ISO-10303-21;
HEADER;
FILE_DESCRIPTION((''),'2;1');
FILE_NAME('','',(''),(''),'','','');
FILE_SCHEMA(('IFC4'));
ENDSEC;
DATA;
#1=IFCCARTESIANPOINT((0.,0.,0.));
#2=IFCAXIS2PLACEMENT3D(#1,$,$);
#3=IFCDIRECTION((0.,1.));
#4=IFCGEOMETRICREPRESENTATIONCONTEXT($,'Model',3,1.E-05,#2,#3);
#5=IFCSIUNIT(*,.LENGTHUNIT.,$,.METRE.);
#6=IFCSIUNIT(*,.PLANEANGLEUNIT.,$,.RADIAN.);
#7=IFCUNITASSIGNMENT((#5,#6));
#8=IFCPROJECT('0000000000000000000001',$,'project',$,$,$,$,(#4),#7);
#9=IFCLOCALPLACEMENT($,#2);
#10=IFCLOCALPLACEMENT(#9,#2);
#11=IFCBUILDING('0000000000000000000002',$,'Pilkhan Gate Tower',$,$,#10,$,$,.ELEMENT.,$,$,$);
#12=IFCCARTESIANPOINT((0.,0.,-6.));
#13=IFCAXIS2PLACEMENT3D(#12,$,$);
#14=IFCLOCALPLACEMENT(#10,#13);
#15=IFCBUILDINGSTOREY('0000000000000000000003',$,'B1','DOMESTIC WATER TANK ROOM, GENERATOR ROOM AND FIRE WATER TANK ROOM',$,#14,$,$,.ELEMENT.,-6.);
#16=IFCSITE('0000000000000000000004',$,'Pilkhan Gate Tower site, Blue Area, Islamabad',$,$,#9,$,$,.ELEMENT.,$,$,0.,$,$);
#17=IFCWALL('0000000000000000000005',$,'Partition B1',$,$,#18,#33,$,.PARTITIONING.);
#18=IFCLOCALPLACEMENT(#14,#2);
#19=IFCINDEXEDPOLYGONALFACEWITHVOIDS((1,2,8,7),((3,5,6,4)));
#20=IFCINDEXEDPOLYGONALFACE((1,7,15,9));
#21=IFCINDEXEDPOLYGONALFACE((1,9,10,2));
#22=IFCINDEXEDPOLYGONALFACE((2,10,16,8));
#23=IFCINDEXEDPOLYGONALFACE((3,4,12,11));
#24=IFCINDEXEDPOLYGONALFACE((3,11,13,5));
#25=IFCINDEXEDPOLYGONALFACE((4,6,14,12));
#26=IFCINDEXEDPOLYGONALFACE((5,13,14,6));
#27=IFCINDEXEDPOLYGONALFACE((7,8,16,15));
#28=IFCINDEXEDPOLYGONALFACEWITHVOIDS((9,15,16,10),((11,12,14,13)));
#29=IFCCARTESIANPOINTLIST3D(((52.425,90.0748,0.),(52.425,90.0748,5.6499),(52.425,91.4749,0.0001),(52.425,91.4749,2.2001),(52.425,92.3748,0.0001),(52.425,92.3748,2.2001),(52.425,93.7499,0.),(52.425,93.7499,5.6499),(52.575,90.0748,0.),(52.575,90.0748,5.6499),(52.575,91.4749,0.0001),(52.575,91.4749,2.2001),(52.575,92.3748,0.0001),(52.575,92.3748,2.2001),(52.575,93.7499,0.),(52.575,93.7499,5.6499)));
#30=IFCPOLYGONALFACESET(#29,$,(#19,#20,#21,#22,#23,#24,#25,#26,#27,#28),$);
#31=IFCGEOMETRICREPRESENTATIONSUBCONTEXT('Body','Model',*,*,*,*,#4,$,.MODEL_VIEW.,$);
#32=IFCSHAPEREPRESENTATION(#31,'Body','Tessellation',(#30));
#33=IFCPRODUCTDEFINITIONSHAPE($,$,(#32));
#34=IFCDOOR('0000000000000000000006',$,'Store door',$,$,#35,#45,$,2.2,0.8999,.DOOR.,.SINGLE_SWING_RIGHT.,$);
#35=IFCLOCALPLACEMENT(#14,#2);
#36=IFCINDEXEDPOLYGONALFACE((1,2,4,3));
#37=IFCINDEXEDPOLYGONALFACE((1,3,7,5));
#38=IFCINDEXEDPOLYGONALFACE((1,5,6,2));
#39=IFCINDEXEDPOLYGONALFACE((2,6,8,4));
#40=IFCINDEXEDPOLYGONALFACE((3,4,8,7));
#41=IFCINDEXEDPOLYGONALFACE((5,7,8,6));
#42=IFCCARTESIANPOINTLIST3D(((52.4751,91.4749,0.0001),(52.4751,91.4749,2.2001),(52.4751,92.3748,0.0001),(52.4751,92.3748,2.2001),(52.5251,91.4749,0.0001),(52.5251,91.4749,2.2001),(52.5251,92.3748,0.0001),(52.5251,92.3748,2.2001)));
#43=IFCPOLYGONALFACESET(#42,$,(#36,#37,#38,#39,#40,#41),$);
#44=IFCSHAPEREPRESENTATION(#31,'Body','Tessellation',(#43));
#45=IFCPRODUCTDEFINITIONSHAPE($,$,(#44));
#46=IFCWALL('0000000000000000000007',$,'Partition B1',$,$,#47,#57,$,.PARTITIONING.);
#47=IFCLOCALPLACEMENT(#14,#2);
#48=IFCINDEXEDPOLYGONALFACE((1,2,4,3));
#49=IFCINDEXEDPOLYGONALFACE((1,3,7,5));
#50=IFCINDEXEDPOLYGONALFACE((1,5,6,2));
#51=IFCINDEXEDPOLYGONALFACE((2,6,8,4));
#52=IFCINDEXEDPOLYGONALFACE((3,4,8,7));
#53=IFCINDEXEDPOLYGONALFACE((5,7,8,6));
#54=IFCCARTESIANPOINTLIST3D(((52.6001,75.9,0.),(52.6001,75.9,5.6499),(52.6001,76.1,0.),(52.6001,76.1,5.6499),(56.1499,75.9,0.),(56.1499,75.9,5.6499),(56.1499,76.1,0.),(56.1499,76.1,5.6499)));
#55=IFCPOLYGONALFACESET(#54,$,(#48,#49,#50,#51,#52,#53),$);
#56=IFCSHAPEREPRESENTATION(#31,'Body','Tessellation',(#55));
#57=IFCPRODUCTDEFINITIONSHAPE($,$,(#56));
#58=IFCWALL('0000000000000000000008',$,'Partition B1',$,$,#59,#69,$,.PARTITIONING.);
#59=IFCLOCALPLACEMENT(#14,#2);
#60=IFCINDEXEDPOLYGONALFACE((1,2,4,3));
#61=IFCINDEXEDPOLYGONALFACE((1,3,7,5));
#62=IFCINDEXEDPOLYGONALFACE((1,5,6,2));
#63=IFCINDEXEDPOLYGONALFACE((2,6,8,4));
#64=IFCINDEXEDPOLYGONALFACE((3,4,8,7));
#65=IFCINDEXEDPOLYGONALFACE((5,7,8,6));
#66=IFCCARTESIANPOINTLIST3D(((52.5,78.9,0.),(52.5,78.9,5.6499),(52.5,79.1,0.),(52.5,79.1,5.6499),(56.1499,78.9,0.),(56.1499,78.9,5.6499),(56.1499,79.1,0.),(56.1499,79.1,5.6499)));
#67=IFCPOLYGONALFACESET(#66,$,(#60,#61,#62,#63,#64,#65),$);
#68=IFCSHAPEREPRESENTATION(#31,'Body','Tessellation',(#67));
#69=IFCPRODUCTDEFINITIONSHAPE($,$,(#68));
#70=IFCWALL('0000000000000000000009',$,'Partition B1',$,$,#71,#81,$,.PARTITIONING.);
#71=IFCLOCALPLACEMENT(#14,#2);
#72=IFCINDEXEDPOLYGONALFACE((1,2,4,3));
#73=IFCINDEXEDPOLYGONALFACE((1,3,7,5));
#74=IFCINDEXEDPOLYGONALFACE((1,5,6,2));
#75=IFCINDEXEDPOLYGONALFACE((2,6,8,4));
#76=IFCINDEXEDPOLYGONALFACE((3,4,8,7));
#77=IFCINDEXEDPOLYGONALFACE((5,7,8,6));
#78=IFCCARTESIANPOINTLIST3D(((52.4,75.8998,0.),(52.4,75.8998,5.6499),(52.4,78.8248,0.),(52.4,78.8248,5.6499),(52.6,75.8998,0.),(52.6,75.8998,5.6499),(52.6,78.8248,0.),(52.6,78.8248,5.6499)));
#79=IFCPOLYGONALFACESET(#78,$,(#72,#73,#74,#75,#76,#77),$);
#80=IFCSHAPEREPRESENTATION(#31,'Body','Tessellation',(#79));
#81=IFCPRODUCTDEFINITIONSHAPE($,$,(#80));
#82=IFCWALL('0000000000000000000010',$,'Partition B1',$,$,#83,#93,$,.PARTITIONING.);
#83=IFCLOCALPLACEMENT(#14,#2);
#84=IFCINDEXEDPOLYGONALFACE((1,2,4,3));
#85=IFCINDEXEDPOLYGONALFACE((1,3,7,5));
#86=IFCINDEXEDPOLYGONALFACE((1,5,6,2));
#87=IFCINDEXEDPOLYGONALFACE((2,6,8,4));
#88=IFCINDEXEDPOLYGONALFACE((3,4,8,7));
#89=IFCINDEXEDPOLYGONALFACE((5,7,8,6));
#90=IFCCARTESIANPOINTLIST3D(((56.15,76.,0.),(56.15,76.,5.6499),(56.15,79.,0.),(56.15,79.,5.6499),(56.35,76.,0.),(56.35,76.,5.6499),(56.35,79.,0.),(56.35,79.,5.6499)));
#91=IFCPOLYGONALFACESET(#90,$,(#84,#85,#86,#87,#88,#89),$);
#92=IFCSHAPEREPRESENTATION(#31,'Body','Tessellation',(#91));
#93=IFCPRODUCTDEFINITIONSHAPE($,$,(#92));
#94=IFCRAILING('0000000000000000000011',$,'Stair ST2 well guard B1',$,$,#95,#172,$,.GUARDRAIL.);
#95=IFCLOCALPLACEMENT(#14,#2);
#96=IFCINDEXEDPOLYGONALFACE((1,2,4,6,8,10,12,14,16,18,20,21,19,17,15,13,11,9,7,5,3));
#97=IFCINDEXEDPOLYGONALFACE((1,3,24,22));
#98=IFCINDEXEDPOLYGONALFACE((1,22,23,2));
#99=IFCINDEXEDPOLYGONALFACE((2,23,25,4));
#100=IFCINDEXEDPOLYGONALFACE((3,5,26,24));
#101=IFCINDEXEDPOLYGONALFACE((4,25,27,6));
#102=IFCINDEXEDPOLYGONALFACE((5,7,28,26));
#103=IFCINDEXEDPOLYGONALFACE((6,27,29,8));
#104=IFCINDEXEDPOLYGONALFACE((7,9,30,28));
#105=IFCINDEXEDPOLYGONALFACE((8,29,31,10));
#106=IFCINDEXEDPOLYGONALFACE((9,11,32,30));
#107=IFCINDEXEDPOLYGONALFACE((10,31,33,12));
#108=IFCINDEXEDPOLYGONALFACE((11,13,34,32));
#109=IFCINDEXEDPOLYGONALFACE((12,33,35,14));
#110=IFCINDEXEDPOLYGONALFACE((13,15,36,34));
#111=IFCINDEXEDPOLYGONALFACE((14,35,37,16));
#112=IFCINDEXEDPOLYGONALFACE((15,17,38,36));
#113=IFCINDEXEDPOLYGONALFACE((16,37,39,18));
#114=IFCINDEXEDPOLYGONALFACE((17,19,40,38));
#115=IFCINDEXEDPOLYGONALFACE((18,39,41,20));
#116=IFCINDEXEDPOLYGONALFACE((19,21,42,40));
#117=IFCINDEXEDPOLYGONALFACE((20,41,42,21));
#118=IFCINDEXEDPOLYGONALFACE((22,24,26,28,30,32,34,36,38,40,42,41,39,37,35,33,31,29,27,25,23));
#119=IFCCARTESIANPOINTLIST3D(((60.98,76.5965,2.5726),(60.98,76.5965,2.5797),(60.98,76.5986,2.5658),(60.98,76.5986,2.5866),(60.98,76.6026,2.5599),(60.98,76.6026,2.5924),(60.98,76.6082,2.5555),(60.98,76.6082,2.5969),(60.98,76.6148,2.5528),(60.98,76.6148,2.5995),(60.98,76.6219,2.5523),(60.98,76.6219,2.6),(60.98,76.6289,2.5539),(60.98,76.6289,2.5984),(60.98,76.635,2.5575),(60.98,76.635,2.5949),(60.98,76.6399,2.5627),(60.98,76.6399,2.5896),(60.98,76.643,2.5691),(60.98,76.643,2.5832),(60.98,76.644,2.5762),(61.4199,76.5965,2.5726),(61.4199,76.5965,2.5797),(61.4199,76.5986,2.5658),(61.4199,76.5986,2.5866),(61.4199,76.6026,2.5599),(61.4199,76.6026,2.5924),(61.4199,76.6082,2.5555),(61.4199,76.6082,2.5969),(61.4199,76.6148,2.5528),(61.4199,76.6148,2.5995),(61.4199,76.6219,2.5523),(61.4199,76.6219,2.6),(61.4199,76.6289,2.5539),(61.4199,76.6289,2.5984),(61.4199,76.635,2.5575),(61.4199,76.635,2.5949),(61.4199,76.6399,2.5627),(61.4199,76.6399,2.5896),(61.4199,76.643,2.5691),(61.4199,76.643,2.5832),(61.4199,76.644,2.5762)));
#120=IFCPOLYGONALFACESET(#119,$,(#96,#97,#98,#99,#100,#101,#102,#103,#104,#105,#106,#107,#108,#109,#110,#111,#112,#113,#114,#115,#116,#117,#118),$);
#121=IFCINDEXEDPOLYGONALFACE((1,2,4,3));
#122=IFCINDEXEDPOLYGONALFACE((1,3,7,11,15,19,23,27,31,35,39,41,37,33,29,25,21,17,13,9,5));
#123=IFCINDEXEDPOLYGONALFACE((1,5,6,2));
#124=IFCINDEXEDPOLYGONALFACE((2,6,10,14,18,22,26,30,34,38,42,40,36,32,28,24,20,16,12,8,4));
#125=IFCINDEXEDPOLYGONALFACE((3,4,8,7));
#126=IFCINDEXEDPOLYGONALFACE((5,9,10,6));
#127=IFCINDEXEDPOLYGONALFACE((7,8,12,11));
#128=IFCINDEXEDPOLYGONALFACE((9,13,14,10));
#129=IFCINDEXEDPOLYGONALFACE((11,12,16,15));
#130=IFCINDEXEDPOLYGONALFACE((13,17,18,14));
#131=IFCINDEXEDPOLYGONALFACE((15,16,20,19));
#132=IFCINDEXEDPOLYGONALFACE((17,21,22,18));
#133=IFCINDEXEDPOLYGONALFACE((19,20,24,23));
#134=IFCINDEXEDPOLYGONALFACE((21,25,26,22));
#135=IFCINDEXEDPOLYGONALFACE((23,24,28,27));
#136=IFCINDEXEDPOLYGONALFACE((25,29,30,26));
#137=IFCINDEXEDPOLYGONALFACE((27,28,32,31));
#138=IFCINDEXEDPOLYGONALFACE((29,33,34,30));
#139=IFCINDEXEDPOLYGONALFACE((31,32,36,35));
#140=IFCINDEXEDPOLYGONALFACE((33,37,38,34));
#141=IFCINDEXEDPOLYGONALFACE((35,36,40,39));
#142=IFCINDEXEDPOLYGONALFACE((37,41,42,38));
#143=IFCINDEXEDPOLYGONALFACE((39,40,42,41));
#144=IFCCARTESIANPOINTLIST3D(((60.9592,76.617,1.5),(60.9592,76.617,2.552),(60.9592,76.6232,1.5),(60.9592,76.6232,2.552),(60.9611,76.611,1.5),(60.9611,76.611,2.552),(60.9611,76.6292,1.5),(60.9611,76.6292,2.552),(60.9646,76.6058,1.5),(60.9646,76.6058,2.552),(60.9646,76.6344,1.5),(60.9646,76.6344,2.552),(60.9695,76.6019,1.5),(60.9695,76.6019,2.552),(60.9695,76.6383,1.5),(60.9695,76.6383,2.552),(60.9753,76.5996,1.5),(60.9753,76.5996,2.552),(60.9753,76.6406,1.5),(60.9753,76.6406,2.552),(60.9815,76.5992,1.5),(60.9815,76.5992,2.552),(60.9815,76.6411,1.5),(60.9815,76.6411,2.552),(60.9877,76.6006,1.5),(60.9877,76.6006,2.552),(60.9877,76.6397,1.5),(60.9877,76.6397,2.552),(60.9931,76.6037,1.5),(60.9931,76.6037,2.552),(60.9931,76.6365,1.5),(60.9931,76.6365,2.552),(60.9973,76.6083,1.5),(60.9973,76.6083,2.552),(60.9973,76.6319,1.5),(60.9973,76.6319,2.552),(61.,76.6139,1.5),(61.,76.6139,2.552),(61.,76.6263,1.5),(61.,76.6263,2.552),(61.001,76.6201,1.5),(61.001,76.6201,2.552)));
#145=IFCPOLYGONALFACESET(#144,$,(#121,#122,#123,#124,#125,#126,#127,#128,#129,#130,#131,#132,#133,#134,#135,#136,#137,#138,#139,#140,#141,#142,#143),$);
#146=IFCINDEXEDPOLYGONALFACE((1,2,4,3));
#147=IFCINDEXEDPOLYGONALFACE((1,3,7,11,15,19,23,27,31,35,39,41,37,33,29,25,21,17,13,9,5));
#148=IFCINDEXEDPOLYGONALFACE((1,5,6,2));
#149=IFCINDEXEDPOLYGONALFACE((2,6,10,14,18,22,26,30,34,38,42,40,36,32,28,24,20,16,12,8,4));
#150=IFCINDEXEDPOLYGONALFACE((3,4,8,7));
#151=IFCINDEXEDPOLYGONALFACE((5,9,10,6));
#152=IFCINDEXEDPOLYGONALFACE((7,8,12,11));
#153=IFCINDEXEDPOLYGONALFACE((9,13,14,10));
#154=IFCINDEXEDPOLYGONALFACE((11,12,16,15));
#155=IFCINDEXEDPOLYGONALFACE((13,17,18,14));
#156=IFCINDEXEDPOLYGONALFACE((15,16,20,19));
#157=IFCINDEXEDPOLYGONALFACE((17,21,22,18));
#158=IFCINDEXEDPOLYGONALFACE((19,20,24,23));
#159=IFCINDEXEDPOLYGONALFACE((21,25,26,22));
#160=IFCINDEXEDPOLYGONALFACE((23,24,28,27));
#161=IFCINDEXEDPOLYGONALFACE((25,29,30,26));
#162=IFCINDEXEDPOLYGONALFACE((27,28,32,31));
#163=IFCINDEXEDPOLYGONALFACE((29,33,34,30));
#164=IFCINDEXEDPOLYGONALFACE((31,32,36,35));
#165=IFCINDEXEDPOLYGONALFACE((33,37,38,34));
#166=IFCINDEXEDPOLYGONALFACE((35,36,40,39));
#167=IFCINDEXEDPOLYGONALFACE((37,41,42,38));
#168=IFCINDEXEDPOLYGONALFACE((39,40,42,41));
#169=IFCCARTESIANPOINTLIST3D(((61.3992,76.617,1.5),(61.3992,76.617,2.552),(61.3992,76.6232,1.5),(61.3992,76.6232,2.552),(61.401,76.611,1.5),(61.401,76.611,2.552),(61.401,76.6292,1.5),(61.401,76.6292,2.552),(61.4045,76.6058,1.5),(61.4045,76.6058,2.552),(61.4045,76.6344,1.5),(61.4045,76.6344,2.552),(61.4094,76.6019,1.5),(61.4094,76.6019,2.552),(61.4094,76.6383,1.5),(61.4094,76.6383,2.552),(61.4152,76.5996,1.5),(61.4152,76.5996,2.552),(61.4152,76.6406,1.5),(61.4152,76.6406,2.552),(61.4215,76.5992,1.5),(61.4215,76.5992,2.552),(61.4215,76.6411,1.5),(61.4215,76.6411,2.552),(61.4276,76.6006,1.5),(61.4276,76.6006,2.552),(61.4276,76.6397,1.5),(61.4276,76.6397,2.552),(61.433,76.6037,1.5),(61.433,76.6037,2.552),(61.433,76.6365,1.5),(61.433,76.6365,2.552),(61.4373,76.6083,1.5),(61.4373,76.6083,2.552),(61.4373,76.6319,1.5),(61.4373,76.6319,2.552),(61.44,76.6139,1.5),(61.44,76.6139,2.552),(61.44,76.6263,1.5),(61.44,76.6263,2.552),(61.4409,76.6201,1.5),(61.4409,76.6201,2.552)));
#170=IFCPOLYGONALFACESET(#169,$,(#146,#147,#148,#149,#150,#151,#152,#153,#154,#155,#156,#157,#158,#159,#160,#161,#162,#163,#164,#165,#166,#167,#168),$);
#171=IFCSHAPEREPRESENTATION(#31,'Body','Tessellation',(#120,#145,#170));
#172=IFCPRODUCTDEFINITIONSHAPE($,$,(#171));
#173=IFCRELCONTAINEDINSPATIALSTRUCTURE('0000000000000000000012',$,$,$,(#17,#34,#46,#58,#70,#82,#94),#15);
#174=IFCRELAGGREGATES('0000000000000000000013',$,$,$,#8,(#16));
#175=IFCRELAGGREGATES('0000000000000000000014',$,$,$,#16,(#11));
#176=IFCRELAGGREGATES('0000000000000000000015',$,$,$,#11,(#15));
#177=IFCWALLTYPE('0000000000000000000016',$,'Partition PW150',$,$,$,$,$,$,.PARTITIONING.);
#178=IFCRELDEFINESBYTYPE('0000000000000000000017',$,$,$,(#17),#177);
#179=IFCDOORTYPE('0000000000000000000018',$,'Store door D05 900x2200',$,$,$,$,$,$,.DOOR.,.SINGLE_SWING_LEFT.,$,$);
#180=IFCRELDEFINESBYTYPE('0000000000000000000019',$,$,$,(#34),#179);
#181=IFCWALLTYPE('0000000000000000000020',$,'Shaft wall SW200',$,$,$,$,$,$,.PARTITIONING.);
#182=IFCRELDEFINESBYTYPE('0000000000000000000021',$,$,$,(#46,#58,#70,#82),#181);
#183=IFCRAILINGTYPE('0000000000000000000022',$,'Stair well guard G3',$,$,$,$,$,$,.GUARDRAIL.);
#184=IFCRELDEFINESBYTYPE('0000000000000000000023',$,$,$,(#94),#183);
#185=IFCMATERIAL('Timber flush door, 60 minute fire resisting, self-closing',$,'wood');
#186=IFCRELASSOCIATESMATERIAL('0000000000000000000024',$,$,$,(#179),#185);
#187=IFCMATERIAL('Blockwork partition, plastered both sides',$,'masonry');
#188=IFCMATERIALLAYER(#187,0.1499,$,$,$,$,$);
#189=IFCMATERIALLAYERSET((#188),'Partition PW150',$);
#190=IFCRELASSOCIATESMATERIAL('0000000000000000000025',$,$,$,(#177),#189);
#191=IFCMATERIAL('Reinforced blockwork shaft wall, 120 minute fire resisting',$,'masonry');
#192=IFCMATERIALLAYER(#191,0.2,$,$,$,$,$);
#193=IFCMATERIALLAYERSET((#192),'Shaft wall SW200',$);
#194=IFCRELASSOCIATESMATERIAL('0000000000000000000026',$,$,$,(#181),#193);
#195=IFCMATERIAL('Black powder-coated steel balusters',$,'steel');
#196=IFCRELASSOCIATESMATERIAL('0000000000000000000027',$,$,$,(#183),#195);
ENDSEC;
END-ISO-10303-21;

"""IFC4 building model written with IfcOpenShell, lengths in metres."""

from ifc_helpers import new_model, si_unit, direction, frame, frame_2d, origin, origin_2d, place, context, subcontext, project, spatial, rectangle, circle, extrude, material, layer, layer_set, type_object, element, fill, save


model = new_model("IFC4")

# Units and contexts
model_context = context("Model", 3, precision=1e-05, world=origin(), true_north=direction((0.0, 1.0)))
body_context = subcontext(model_context, "Body", "Model", "MODEL_VIEW")
ifc_project = project(units=[si_unit("LENGTHUNIT", "METRE"), si_unit("PLANEANGLEUNIT", "RADIAN")], contexts=[model_context])

# Site, building, storey
site_placement = place(None, origin())
site = spatial("IfcSite", under=ifc_project, at=site_placement, Name="Pilkhan Gate Tower site, Blue Area, Islamabad", CompositionType="ELEMENT", RefElevation=0.0)
building_placement = place(site_placement, origin())
building = spatial("IfcBuilding", under=site, at=building_placement, Name="Pilkhan Gate Tower", CompositionType="ELEMENT")
storey_placement = place(building_placement, frame((0.0, 0.0, -6.0)))
storey = spatial("IfcBuildingStorey", under=building, at=storey_placement, Name="B1", Description="DOMESTIC WATER TANK ROOM, GENERATOR ROOM AND FIRE WATER TANK ROOM", CompositionType="ELEMENT", Elevation=-6.0)

# Shared definitions
ifc_material_1 = material(Name="Timber flush door, 60 minute fire resisting, self-closing", Category="wood")
door_type_1 = type_object("IfcDoorType", Name="Store door D05 900x2200", OperationType="SINGLE_SWING_LEFT", PredefinedType="DOOR", material=ifc_material_1)

# Wall, opening, door
ifc_material_2 = material(Name="Blockwork partition, plastered both sides", Category="masonry")
ifc_layer_1 = layer(ifc_material_2, 0.1499)
ifc_layer_set_1 = layer_set([ifc_layer_1], Name="Partition PW150")
wall_type_1 = type_object("IfcWallType", Name="Partition PW150", PredefinedType="PARTITIONING", material=ifc_layer_set_1)
wall_1_placement = place(storey_placement, frame((52.5, 90.075, 0.0), z_axis=(0.0, 0.0, 1.0), x_axis=(0.0, 1.0, 0.0)))
wall_1 = element("IfcWall", 1, at=wall_1_placement, inside=storey, type_object=wall_type_1, Name="Partition B1", PredefinedType="PARTITIONING", context=body_context, shape_type="SweptSolid", body=[
    extrude(rectangle(XDim=3.675, YDim=0.1499, at=frame_2d((1.8374, 0.0))), origin(), (0.0, 0.0, 1.0), 5.6499),
])
opening_1_placement = place(wall_1_placement, frame((1.3999, 0.0, 0.0)))
opening_1 = element("IfcOpeningElement", 2, at=opening_1_placement, cuts=wall_1, PredefinedType="OPENING", context=body_context, shape_type="SweptSolid", body=[
    extrude(rectangle(XDim=0.8999, YDim=2.2, at=frame_2d((0.45, 1.1001))), frame((0.0, 0.085, 0.0), z_axis=(0.0, -1.0, 0.0), x_axis=(1.0, 0.0, 0.0)), (0.0, 0.0, 1.0), 0.1699),
])
door_1_placement = place(opening_1_placement, origin())
door_1 = element("IfcDoor", 3, at=door_1_placement, inside=storey, type_object=door_type_1, Name="Store door", OperationType="SINGLE_SWING_RIGHT", OverallHeight=2.2, OverallWidth=0.8999, PredefinedType="DOOR", context=body_context, shape_type="SweptSolid", body=[
    extrude(rectangle(XDim=0.8999, YDim=2.2, at=frame_2d((0.45, 1.1001))), frame((0.0, 0.0249, 0.0), z_axis=(0.0, -1.0, 0.0), x_axis=(1.0, 0.0, 0.0)), (0.0, 0.0, 1.0), 0.05),
])
fill(opening_1, door_1)

# Walls
ifc_material_3 = material(Name="Reinforced blockwork shaft wall, 120 minute fire resisting", Category="masonry")
ifc_layer_2 = layer(ifc_material_3, 0.2)
ifc_layer_set_2 = layer_set([ifc_layer_2], Name="Shaft wall SW200")
wall_type_2 = type_object("IfcWallType", Name="Shaft wall SW200", PredefinedType="PARTITIONING", material=ifc_layer_set_2)
wall_2_placement = place(storey_placement, frame((52.6001, 76.0, 0.0), z_axis=(0.0, 0.0, 1.0), x_axis=(1.0, 0.0, 0.0)))
element("IfcWall", 4, at=wall_2_placement, inside=storey, type_object=wall_type_2, Name="Partition B1", PredefinedType="PARTITIONING", context=body_context, shape_type="SweptSolid", body=[
    extrude(rectangle(XDim=3.5498, YDim=0.2, at=frame_2d((1.7749, 0.0))), origin(), (0.0, 0.0, 1.0), 5.6499),
])
wall_3_placement = place(storey_placement, frame((52.5, 79.0, 0.0), z_axis=(0.0, 0.0, 1.0), x_axis=(1.0, 0.0, 0.0)))
element("IfcWall", 5, at=wall_3_placement, inside=storey, type_object=wall_type_2, Name="Partition B1", PredefinedType="PARTITIONING", context=body_context, shape_type="SweptSolid", body=[
    extrude(rectangle(XDim=3.6499, YDim=0.2, at=frame_2d((1.825, 0.0))), origin(), (0.0, 0.0, 1.0), 5.6499),
])
wall_4_placement = place(storey_placement, frame((52.5, 75.8999, 0.0), z_axis=(0.0, 0.0, 1.0), x_axis=(0.0, 1.0, 0.0)))
element("IfcWall", 6, at=wall_4_placement, inside=storey, type_object=wall_type_2, Name="Partition B1", PredefinedType="PARTITIONING", context=body_context, shape_type="SweptSolid", body=[
    extrude(rectangle(XDim=2.925, YDim=0.2, at=frame_2d((1.4624, 0.0))), origin(), (0.0, 0.0, 1.0), 5.6499),
])
wall_5_placement = place(storey_placement, frame((56.25, 76.0, 0.0), z_axis=(0.0, 0.0, 1.0), x_axis=(0.0, 1.0, 0.0)))
element("IfcWall", 7, at=wall_5_placement, inside=storey, type_object=wall_type_2, Name="Partition B1", PredefinedType="PARTITIONING", context=body_context, shape_type="SweptSolid", body=[
    extrude(rectangle(XDim=3.0, YDim=0.2, at=frame_2d((1.5, 0.0))), origin(), (0.0, 0.0, 1.0), 5.6499),
])

# Railing
ifc_material_4 = material(Name="Black powder-coated steel balusters", Category="steel")
railing_type = type_object("IfcRailingType", Name="Stair well guard G3", PredefinedType="GUARDRAIL", material=ifc_material_4)
for number, where, name in (
    (8, (60.98, 76.6201, 1.5), "Stair ST2 well guard B1"),
):
    element("IfcRailing", number, at=place(storey_placement, frame(where)), inside=storey, type_object=railing_type, Name=name, PredefinedType="GUARDRAIL", context=body_context, shape_type="SweptSolid", body=[
        extrude(circle(Radius=0.0239, at=origin_2d()), frame((0.0, 0.0, 1.0762), z_axis=(1.0, 0.0, 0.0), x_axis=(0.0, 1.0, 0.0)), (0.0, 0.0, 1.0), 0.4399),
        extrude(circle(Radius=0.021, at=origin_2d()), origin(), (0.0, 0.0, 1.0), 1.052),
        extrude(circle(Radius=0.021, at=origin_2d()), frame((0.4399, 0.0, 0.0)), (0.0, 0.0, 1.0), 1.052),
    ])

save(model, "model.ifc")
